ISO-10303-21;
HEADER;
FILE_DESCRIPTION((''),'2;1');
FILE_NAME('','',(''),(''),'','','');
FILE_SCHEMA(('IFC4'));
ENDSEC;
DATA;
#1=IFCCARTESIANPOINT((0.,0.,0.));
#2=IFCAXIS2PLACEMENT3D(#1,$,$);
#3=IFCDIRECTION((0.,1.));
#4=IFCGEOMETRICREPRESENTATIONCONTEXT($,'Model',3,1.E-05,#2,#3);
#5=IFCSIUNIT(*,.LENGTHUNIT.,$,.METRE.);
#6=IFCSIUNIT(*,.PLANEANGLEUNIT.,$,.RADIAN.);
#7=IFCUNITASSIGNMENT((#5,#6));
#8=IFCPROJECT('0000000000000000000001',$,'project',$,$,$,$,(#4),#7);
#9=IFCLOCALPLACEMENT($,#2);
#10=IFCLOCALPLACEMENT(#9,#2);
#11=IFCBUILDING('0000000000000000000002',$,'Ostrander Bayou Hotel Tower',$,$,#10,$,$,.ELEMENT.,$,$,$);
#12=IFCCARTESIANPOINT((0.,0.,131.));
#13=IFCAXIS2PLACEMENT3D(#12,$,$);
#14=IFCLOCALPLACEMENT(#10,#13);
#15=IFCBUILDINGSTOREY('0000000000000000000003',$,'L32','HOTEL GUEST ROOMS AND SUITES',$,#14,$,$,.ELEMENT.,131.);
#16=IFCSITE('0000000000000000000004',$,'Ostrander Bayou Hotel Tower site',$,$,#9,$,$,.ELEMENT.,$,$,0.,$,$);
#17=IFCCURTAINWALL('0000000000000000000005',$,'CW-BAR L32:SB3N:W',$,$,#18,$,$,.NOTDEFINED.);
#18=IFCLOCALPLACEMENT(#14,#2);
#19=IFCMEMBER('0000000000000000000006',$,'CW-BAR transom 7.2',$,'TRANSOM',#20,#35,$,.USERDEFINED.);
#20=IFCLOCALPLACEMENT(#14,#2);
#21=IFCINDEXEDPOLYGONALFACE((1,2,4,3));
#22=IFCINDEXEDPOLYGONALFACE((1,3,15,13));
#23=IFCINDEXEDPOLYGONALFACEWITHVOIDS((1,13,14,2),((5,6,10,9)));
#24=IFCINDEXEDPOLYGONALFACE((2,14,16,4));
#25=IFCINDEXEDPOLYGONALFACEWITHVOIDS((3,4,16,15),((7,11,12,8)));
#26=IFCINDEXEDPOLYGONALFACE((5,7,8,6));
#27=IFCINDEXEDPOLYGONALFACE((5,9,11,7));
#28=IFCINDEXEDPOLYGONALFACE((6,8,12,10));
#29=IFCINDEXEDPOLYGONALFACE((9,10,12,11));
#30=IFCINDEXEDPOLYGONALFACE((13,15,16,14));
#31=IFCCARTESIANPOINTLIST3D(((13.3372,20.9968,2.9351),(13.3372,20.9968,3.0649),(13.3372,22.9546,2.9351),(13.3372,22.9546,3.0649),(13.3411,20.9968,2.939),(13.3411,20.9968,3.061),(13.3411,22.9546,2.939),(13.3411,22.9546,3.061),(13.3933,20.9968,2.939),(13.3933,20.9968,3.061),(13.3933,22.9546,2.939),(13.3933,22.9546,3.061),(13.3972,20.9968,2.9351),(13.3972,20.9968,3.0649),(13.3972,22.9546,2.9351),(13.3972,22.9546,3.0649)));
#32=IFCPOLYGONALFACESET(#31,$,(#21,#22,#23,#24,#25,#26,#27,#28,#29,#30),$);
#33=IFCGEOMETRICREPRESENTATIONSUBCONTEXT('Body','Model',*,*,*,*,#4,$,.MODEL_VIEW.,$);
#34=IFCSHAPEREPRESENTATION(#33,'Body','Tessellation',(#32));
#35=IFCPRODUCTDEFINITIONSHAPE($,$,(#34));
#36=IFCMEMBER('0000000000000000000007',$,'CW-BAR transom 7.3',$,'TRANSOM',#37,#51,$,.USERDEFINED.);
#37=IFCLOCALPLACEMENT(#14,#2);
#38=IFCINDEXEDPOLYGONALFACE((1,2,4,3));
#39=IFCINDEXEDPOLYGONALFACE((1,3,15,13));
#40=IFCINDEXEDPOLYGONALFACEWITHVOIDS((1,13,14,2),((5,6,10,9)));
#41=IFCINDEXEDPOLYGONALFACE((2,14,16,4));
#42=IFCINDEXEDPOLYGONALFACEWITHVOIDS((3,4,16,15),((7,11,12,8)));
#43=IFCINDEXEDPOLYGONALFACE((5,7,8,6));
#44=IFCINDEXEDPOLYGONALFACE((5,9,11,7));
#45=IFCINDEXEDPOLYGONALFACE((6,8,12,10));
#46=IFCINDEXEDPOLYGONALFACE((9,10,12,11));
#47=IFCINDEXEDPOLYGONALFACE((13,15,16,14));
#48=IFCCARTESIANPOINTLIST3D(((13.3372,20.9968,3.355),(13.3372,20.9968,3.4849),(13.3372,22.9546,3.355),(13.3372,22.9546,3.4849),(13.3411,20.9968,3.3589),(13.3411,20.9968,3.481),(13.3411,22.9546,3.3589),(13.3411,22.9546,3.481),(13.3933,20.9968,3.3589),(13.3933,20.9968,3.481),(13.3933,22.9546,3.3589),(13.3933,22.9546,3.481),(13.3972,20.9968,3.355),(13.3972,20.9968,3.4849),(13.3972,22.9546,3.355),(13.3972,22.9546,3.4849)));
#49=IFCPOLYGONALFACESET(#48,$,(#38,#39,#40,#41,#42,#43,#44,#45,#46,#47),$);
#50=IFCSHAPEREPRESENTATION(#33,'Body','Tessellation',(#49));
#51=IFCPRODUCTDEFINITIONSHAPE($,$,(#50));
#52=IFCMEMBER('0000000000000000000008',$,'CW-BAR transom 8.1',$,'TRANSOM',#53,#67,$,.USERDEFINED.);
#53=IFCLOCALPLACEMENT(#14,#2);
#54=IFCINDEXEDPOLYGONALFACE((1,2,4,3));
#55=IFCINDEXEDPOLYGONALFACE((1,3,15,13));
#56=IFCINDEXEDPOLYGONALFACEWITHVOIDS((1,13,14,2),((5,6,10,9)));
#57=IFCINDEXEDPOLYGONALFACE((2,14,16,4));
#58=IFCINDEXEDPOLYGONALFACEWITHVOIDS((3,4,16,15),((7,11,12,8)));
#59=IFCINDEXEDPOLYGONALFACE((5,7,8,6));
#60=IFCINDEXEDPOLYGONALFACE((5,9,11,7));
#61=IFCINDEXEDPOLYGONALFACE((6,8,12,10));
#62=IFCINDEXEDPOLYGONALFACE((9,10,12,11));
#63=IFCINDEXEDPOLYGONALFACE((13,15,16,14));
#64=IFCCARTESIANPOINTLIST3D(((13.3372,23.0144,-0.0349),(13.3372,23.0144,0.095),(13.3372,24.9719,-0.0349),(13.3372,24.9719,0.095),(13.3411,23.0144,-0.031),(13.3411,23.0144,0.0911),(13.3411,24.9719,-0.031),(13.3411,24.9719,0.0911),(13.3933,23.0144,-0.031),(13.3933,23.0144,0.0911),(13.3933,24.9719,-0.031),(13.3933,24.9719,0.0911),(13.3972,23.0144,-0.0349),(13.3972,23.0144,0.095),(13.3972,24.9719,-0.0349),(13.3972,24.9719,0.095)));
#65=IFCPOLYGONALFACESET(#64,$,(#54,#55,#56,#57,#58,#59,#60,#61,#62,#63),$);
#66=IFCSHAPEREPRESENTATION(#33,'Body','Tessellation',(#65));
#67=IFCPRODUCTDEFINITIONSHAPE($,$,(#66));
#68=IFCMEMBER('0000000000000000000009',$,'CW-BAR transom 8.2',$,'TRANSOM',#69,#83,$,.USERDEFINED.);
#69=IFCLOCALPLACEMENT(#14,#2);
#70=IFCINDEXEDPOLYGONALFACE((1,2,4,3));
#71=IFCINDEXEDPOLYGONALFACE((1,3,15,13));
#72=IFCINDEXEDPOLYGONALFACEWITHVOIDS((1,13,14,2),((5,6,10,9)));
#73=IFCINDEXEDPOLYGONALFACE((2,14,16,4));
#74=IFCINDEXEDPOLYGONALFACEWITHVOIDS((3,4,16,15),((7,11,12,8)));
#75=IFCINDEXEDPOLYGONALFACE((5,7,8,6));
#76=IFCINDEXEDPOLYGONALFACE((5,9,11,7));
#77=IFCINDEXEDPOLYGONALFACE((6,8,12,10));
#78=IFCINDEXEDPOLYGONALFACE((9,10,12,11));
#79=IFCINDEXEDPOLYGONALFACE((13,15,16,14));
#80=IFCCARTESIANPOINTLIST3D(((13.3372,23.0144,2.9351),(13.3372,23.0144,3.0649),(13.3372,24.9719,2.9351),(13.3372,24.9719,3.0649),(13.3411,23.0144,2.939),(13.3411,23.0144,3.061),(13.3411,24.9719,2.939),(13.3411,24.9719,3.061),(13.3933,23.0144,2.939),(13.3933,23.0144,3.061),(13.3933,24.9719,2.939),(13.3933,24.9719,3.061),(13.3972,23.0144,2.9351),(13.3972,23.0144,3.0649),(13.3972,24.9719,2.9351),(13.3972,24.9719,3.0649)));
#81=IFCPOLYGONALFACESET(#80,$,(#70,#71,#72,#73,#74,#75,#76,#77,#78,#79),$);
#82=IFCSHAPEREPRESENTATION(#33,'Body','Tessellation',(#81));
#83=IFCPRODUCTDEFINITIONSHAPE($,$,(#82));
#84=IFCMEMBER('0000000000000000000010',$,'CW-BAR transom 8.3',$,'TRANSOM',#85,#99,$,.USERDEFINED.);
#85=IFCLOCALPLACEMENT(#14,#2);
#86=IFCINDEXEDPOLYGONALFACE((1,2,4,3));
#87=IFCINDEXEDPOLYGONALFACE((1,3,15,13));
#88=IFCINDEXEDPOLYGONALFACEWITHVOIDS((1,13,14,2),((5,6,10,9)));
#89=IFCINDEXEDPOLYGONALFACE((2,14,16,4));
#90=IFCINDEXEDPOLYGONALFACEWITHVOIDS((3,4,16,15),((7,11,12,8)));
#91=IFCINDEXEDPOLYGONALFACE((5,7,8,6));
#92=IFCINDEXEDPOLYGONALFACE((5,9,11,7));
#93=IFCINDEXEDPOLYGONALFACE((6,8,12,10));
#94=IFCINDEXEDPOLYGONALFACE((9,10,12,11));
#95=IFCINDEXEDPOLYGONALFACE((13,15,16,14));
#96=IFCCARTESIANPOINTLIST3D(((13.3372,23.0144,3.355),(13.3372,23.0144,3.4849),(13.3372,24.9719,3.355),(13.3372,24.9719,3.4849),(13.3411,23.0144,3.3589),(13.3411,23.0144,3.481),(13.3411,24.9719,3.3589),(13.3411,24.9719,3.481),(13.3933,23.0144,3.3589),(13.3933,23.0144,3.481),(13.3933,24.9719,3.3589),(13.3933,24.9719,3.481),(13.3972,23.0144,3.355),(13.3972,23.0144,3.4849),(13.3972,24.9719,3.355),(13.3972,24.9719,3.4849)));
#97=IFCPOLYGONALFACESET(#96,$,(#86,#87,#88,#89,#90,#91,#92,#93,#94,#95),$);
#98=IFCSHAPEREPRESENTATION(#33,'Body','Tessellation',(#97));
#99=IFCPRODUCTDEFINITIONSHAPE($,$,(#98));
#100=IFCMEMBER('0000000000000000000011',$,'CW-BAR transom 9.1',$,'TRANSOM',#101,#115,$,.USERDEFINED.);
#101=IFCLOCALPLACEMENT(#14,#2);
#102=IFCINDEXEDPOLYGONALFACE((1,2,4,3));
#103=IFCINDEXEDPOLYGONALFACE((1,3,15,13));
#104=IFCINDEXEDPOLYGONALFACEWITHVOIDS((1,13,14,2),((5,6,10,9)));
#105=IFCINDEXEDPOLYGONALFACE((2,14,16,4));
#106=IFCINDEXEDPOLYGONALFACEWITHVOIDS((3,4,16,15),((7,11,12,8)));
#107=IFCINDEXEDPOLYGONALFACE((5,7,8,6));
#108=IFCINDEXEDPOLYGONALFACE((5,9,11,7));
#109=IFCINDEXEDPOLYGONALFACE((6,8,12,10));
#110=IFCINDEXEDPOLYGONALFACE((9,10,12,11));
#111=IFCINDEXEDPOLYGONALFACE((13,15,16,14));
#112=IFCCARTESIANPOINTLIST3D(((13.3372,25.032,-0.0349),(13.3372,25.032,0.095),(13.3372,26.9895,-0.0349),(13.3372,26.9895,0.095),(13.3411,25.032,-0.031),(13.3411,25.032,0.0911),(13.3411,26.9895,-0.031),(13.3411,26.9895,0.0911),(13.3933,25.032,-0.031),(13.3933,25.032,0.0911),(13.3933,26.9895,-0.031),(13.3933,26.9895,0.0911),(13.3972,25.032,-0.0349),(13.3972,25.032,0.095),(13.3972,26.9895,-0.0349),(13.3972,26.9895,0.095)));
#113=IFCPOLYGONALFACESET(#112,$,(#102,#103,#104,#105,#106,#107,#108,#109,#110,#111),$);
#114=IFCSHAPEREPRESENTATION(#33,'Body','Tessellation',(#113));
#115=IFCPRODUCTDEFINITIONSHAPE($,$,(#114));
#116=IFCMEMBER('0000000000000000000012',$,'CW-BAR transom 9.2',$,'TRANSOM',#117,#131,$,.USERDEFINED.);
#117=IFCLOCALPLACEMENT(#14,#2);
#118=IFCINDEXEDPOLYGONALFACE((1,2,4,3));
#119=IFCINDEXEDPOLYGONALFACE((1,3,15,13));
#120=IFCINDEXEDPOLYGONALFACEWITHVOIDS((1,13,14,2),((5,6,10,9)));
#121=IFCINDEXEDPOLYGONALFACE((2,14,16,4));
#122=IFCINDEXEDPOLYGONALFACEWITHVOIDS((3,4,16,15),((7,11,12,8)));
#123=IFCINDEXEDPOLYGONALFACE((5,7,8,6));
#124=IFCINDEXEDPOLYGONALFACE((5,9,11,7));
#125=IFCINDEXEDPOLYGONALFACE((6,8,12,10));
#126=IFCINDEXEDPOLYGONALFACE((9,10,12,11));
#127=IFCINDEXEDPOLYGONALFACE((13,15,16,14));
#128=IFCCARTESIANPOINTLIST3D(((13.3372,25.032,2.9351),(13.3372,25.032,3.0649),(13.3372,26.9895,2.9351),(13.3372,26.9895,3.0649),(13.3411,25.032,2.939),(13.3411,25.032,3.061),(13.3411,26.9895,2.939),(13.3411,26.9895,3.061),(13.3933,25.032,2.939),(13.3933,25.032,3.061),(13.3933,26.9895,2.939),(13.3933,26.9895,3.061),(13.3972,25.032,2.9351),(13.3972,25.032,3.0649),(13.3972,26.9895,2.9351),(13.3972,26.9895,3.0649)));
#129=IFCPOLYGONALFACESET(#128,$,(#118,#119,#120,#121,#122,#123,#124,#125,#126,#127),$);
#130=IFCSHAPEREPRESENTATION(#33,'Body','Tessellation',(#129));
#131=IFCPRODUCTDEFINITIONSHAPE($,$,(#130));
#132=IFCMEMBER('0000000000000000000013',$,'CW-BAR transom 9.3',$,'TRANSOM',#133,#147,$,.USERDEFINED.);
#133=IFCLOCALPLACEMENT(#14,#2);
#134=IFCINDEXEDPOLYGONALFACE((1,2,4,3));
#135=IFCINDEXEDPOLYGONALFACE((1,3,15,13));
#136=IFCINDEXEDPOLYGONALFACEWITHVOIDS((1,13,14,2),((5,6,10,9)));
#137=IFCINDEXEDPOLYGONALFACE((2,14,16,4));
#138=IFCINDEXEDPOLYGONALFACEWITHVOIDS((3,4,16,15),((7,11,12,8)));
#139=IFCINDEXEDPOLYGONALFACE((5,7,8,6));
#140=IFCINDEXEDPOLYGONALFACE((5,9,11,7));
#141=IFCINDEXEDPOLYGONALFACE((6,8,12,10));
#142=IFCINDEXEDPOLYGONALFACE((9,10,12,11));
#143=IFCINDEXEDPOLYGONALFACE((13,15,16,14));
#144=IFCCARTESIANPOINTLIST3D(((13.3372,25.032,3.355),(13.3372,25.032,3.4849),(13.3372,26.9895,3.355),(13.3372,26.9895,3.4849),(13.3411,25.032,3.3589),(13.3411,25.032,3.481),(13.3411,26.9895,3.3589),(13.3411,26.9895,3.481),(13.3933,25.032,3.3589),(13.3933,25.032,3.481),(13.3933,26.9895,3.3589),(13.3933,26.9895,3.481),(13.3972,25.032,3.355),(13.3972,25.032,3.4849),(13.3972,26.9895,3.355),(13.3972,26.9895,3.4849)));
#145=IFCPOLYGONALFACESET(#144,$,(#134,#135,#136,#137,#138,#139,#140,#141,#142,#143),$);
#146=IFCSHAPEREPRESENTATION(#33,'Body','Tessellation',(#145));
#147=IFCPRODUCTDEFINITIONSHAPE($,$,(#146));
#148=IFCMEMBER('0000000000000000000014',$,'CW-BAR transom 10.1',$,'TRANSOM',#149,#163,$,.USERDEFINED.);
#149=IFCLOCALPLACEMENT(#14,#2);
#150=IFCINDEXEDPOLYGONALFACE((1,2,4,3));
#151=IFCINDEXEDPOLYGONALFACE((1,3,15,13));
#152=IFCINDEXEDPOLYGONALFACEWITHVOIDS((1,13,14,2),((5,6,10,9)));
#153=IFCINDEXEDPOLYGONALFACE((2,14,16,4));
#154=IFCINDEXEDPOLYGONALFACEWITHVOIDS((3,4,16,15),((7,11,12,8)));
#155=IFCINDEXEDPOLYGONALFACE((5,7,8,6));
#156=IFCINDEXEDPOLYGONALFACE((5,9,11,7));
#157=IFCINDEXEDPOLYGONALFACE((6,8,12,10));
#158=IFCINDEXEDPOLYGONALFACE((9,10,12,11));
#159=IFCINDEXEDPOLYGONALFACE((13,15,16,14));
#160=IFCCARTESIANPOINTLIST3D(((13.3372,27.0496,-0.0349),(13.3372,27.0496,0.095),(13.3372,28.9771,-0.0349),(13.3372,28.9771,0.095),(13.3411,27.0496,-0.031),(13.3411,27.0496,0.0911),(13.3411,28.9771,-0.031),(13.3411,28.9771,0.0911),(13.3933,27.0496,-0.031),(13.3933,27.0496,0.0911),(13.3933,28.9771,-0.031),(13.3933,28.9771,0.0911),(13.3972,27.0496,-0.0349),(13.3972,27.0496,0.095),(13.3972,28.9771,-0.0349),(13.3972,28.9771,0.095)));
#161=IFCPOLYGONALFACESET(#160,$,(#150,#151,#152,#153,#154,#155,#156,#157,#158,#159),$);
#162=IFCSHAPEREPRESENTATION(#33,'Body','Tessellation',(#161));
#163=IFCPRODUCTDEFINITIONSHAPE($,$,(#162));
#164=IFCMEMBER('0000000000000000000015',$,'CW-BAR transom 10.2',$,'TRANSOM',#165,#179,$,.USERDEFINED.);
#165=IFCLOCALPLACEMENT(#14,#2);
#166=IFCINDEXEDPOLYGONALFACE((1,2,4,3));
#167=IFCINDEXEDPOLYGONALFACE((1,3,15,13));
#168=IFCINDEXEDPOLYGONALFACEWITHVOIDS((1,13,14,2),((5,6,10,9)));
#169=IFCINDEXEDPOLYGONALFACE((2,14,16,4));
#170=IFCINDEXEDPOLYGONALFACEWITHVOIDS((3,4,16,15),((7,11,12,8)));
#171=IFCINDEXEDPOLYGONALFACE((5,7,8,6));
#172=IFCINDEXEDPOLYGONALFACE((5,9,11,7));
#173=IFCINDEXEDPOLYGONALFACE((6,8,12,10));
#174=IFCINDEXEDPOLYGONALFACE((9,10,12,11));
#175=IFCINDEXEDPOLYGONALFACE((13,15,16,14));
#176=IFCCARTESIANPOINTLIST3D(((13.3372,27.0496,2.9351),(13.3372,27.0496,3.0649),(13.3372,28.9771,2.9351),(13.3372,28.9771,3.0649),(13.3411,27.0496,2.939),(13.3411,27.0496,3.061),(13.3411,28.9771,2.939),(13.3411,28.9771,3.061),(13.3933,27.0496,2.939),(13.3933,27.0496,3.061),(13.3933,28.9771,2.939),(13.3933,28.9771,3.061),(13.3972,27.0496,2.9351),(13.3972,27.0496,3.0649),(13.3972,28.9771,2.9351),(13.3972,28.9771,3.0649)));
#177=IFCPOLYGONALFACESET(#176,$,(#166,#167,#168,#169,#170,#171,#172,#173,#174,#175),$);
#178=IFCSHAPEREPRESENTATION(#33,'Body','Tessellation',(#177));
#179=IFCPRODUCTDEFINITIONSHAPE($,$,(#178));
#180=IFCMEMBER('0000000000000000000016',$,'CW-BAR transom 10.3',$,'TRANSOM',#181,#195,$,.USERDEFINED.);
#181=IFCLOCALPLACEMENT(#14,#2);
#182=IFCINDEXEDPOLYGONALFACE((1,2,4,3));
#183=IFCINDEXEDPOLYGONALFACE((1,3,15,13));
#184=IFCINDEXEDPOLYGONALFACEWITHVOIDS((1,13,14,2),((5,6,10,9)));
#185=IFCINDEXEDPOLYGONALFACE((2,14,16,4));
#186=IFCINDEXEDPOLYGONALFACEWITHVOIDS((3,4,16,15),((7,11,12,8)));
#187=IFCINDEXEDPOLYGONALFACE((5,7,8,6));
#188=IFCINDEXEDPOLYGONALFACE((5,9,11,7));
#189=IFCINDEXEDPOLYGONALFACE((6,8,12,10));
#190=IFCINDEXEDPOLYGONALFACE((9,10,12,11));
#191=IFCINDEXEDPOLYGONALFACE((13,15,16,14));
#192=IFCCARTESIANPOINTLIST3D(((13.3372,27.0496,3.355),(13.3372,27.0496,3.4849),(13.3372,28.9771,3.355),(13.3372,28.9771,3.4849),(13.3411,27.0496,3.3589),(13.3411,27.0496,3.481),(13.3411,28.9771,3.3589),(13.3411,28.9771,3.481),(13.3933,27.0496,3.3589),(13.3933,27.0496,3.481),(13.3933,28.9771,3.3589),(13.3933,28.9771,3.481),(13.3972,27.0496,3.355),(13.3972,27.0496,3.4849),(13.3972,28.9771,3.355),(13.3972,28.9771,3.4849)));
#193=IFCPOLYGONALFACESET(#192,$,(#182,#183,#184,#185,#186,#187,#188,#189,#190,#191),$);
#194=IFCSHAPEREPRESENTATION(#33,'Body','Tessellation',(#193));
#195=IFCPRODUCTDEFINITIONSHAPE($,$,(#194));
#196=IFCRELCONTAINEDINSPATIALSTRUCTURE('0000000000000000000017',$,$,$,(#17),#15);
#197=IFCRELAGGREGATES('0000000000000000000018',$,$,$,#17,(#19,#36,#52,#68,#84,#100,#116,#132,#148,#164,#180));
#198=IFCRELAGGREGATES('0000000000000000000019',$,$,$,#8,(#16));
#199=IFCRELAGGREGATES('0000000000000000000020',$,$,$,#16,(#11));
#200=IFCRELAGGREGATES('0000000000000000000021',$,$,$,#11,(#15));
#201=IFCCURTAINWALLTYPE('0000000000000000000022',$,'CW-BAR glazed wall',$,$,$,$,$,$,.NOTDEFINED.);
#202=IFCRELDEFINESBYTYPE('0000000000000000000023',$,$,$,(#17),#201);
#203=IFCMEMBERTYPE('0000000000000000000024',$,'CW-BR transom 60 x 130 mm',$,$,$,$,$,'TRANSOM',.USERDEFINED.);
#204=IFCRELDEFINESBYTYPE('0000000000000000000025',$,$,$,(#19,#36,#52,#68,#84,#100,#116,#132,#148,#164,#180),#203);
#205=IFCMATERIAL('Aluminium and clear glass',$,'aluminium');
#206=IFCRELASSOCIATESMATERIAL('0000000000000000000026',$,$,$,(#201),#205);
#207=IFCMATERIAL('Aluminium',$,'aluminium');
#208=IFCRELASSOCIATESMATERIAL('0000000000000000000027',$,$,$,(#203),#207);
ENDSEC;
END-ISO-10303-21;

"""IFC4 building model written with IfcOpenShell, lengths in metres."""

from ifc_helpers import new_model, si_unit, direction, frame, origin, origin_2d, place, context, subcontext, project, spatial, hollow_rectangle, extrude, material, material_profile, profile_set, type_object, element, aggregate, save


model = new_model("IFC4")

# Units and contexts
model_context = context("Model", 3, precision=1e-05, world=origin(), true_north=direction((0.0, 1.0)))
body_context = subcontext(model_context, "Body", "Model", "MODEL_VIEW")
ifc_project = project(units=[si_unit("LENGTHUNIT", "METRE"), si_unit("PLANEANGLEUNIT", "RADIAN")], contexts=[model_context])

# Site, building, storey
site_placement = place(None, origin())
site = spatial("IfcSite", under=ifc_project, at=site_placement, Name="Ostrander Bayou Hotel Tower site", CompositionType="ELEMENT", RefElevation=0.0)
building_placement = place(site_placement, origin())
building = spatial("IfcBuilding", under=site, at=building_placement, Name="Ostrander Bayou Hotel Tower", CompositionType="ELEMENT")
storey_placement = place(building_placement, frame((0.0, 0.0, 131.0)))
storey = spatial("IfcBuildingStorey", under=building, at=storey_placement, Name="L32", Description="HOTEL GUEST ROOMS AND SUITES", CompositionType="ELEMENT", Elevation=131.0)

# Shared definitions
ifc_material_1 = material(Name="Aluminium and clear glass", Category="aluminium")
curtain_wall_type = type_object("IfcCurtainWallType", Name="CW-BAR glazed wall", PredefinedType="NOTDEFINED", material=ifc_material_1)

# Curtain wall, members
curtain_wall_1_placement = place(storey_placement, origin())
curtain_wall_1 = element("IfcCurtainWall", 1, at=curtain_wall_1_placement, inside=storey, type_object=curtain_wall_type, Name="CW-BAR L32:SB3N:W", PredefinedType="NOTDEFINED")
ifc_material_2 = material(Name="Aluminium", Category="aluminium")
ifc_material_profile_1 = material_profile(ifc_material_2, hollow_rectangle(XDim=0.0601, YDim=0.1299, WallThickness=0.0039, at=origin_2d()))
ifc_profile_set_1 = profile_set([ifc_material_profile_1], Name="Aluminium")
member_type_1 = type_object("IfcMemberType", Name="CW-BR transom 60 x 130 mm", ElementType="TRANSOM", PredefinedType="USERDEFINED", material=ifc_profile_set_1)
member_1_placement = place(storey_placement, frame((13.3672, 20.9968, 3.0), z_axis=(0.0, 1.0, 0.0), x_axis=(-1.0, 0.0, 0.0)))
member_1 = element("IfcMember", 2, at=member_1_placement, type_object=member_type_1, Name="CW-BAR transom 7.2", ObjectType="TRANSOM", PredefinedType="USERDEFINED", context=body_context, shape_type="SweptSolid", body=[
    extrude(hollow_rectangle(XDim=0.0601, YDim=0.1299, WallThickness=0.0039, at=origin_2d()), origin(), (0.0, 0.0, 1.0), 1.9578),
])
member_2_placement = place(storey_placement, frame((13.3672, 20.9968, 3.4199), z_axis=(0.0, 1.0, 0.0), x_axis=(-1.0, 0.0, 0.0)))
member_2 = element("IfcMember", 3, at=member_2_placement, type_object=member_type_1, Name="CW-BAR transom 7.3", ObjectType="TRANSOM", PredefinedType="USERDEFINED", context=body_context, shape_type="SweptSolid", body=[
    extrude(hollow_rectangle(XDim=0.0601, YDim=0.1299, WallThickness=0.0039, at=origin_2d()), origin(), (0.0, 0.0, 1.0), 1.9578),
])
member_3_placement = place(storey_placement, frame((13.3672, 23.0144, 0.03), z_axis=(0.0, 1.0, 0.0), x_axis=(-1.0, 0.0, 0.0)))
member_3 = element("IfcMember", 4, at=member_3_placement, type_object=member_type_1, Name="CW-BAR transom 8.1", ObjectType="TRANSOM", PredefinedType="USERDEFINED", context=body_context, shape_type="SweptSolid", body=[
    extrude(hollow_rectangle(XDim=0.0601, YDim=0.1299, WallThickness=0.0039, at=origin_2d()), origin(), (0.0, 0.0, 1.0), 1.9575),
])
member_4_placement = place(storey_placement, frame((13.3672, 23.0144, 3.0), z_axis=(0.0, 1.0, 0.0), x_axis=(-1.0, 0.0, 0.0)))
member_4 = element("IfcMember", 5, at=member_4_placement, type_object=member_type_1, Name="CW-BAR transom 8.2", ObjectType="TRANSOM", PredefinedType="USERDEFINED", context=body_context, shape_type="SweptSolid", body=[
    extrude(hollow_rectangle(XDim=0.0601, YDim=0.1299, WallThickness=0.0039, at=origin_2d()), origin(), (0.0, 0.0, 1.0), 1.9575),
])
member_5_placement = place(storey_placement, frame((13.3672, 23.0144, 3.4199), z_axis=(0.0, 1.0, 0.0), x_axis=(-1.0, 0.0, 0.0)))
member_5 = element("IfcMember", 6, at=member_5_placement, type_object=member_type_1, Name="CW-BAR transom 8.3", ObjectType="TRANSOM", PredefinedType="USERDEFINED", context=body_context, shape_type="SweptSolid", body=[
    extrude(hollow_rectangle(XDim=0.0601, YDim=0.1299, WallThickness=0.0039, at=origin_2d()), origin(), (0.0, 0.0, 1.0), 1.9575),
])
member_6_placement = place(storey_placement, frame((13.3672, 25.032, 0.03), z_axis=(0.0, 1.0, 0.0), x_axis=(-1.0, 0.0, 0.0)))
member_6 = element("IfcMember", 7, at=member_6_placement, type_object=member_type_1, Name="CW-BAR transom 9.1", ObjectType="TRANSOM", PredefinedType="USERDEFINED", context=body_context, shape_type="SweptSolid", body=[
    extrude(hollow_rectangle(XDim=0.0601, YDim=0.1299, WallThickness=0.0039, at=origin_2d()), origin(), (0.0, 0.0, 1.0), 1.9575),
])
member_7_placement = place(storey_placement, frame((13.3672, 25.032, 3.0), z_axis=(0.0, 1.0, 0.0), x_axis=(-1.0, 0.0, 0.0)))
member_7 = element("IfcMember", 8, at=member_7_placement, type_object=member_type_1, Name="CW-BAR transom 9.2", ObjectType="TRANSOM", PredefinedType="USERDEFINED", context=body_context, shape_type="SweptSolid", body=[
    extrude(hollow_rectangle(XDim=0.0601, YDim=0.1299, WallThickness=0.0039, at=origin_2d()), origin(), (0.0, 0.0, 1.0), 1.9575),
])
member_8_placement = place(storey_placement, frame((13.3672, 25.032, 3.4199), z_axis=(0.0, 1.0, 0.0), x_axis=(-1.0, 0.0, 0.0)))
member_8 = element("IfcMember", 9, at=member_8_placement, type_object=member_type_1, Name="CW-BAR transom 9.3", ObjectType="TRANSOM", PredefinedType="USERDEFINED", context=body_context, shape_type="SweptSolid", body=[
    extrude(hollow_rectangle(XDim=0.0601, YDim=0.1299, WallThickness=0.0039, at=origin_2d()), origin(), (0.0, 0.0, 1.0), 1.9575),
])
member_9_placement = place(storey_placement, frame((13.3672, 27.0496, 0.03), z_axis=(0.0, 1.0, 0.0), x_axis=(-1.0, 0.0, 0.0)))
member_9 = element("IfcMember", 10, at=member_9_placement, type_object=member_type_1, Name="CW-BAR transom 10.1", ObjectType="TRANSOM", PredefinedType="USERDEFINED", context=body_context, shape_type="SweptSolid", body=[
    extrude(hollow_rectangle(XDim=0.0601, YDim=0.1299, WallThickness=0.0039, at=origin_2d()), origin(), (0.0, 0.0, 1.0), 1.9275),
])
member_10_placement = place(storey_placement, frame((13.3672, 27.0496, 3.0), z_axis=(0.0, 1.0, 0.0), x_axis=(-1.0, 0.0, 0.0)))
member_10 = element("IfcMember", 11, at=member_10_placement, type_object=member_type_1, Name="CW-BAR transom 10.2", ObjectType="TRANSOM", PredefinedType="USERDEFINED", context=body_context, shape_type="SweptSolid", body=[
    extrude(hollow_rectangle(XDim=0.0601, YDim=0.1299, WallThickness=0.0039, at=origin_2d()), origin(), (0.0, 0.0, 1.0), 1.9275),
])
member_11_placement = place(storey_placement, frame((13.3672, 27.0496, 3.4199), z_axis=(0.0, 1.0, 0.0), x_axis=(-1.0, 0.0, 0.0)))
member_11 = element("IfcMember", 12, at=member_11_placement, type_object=member_type_1, Name="CW-BAR transom 10.3", ObjectType="TRANSOM", PredefinedType="USERDEFINED", context=body_context, shape_type="SweptSolid", body=[
    extrude(hollow_rectangle(XDim=0.0601, YDim=0.1299, WallThickness=0.0039, at=origin_2d()), origin(), (0.0, 0.0, 1.0), 1.9275),
])

aggregate(curtain_wall_1, [member_1, member_2, member_3, member_4, member_5, member_6, member_7, member_8, member_9, member_10, member_11])

save(model, "model.ifc")
